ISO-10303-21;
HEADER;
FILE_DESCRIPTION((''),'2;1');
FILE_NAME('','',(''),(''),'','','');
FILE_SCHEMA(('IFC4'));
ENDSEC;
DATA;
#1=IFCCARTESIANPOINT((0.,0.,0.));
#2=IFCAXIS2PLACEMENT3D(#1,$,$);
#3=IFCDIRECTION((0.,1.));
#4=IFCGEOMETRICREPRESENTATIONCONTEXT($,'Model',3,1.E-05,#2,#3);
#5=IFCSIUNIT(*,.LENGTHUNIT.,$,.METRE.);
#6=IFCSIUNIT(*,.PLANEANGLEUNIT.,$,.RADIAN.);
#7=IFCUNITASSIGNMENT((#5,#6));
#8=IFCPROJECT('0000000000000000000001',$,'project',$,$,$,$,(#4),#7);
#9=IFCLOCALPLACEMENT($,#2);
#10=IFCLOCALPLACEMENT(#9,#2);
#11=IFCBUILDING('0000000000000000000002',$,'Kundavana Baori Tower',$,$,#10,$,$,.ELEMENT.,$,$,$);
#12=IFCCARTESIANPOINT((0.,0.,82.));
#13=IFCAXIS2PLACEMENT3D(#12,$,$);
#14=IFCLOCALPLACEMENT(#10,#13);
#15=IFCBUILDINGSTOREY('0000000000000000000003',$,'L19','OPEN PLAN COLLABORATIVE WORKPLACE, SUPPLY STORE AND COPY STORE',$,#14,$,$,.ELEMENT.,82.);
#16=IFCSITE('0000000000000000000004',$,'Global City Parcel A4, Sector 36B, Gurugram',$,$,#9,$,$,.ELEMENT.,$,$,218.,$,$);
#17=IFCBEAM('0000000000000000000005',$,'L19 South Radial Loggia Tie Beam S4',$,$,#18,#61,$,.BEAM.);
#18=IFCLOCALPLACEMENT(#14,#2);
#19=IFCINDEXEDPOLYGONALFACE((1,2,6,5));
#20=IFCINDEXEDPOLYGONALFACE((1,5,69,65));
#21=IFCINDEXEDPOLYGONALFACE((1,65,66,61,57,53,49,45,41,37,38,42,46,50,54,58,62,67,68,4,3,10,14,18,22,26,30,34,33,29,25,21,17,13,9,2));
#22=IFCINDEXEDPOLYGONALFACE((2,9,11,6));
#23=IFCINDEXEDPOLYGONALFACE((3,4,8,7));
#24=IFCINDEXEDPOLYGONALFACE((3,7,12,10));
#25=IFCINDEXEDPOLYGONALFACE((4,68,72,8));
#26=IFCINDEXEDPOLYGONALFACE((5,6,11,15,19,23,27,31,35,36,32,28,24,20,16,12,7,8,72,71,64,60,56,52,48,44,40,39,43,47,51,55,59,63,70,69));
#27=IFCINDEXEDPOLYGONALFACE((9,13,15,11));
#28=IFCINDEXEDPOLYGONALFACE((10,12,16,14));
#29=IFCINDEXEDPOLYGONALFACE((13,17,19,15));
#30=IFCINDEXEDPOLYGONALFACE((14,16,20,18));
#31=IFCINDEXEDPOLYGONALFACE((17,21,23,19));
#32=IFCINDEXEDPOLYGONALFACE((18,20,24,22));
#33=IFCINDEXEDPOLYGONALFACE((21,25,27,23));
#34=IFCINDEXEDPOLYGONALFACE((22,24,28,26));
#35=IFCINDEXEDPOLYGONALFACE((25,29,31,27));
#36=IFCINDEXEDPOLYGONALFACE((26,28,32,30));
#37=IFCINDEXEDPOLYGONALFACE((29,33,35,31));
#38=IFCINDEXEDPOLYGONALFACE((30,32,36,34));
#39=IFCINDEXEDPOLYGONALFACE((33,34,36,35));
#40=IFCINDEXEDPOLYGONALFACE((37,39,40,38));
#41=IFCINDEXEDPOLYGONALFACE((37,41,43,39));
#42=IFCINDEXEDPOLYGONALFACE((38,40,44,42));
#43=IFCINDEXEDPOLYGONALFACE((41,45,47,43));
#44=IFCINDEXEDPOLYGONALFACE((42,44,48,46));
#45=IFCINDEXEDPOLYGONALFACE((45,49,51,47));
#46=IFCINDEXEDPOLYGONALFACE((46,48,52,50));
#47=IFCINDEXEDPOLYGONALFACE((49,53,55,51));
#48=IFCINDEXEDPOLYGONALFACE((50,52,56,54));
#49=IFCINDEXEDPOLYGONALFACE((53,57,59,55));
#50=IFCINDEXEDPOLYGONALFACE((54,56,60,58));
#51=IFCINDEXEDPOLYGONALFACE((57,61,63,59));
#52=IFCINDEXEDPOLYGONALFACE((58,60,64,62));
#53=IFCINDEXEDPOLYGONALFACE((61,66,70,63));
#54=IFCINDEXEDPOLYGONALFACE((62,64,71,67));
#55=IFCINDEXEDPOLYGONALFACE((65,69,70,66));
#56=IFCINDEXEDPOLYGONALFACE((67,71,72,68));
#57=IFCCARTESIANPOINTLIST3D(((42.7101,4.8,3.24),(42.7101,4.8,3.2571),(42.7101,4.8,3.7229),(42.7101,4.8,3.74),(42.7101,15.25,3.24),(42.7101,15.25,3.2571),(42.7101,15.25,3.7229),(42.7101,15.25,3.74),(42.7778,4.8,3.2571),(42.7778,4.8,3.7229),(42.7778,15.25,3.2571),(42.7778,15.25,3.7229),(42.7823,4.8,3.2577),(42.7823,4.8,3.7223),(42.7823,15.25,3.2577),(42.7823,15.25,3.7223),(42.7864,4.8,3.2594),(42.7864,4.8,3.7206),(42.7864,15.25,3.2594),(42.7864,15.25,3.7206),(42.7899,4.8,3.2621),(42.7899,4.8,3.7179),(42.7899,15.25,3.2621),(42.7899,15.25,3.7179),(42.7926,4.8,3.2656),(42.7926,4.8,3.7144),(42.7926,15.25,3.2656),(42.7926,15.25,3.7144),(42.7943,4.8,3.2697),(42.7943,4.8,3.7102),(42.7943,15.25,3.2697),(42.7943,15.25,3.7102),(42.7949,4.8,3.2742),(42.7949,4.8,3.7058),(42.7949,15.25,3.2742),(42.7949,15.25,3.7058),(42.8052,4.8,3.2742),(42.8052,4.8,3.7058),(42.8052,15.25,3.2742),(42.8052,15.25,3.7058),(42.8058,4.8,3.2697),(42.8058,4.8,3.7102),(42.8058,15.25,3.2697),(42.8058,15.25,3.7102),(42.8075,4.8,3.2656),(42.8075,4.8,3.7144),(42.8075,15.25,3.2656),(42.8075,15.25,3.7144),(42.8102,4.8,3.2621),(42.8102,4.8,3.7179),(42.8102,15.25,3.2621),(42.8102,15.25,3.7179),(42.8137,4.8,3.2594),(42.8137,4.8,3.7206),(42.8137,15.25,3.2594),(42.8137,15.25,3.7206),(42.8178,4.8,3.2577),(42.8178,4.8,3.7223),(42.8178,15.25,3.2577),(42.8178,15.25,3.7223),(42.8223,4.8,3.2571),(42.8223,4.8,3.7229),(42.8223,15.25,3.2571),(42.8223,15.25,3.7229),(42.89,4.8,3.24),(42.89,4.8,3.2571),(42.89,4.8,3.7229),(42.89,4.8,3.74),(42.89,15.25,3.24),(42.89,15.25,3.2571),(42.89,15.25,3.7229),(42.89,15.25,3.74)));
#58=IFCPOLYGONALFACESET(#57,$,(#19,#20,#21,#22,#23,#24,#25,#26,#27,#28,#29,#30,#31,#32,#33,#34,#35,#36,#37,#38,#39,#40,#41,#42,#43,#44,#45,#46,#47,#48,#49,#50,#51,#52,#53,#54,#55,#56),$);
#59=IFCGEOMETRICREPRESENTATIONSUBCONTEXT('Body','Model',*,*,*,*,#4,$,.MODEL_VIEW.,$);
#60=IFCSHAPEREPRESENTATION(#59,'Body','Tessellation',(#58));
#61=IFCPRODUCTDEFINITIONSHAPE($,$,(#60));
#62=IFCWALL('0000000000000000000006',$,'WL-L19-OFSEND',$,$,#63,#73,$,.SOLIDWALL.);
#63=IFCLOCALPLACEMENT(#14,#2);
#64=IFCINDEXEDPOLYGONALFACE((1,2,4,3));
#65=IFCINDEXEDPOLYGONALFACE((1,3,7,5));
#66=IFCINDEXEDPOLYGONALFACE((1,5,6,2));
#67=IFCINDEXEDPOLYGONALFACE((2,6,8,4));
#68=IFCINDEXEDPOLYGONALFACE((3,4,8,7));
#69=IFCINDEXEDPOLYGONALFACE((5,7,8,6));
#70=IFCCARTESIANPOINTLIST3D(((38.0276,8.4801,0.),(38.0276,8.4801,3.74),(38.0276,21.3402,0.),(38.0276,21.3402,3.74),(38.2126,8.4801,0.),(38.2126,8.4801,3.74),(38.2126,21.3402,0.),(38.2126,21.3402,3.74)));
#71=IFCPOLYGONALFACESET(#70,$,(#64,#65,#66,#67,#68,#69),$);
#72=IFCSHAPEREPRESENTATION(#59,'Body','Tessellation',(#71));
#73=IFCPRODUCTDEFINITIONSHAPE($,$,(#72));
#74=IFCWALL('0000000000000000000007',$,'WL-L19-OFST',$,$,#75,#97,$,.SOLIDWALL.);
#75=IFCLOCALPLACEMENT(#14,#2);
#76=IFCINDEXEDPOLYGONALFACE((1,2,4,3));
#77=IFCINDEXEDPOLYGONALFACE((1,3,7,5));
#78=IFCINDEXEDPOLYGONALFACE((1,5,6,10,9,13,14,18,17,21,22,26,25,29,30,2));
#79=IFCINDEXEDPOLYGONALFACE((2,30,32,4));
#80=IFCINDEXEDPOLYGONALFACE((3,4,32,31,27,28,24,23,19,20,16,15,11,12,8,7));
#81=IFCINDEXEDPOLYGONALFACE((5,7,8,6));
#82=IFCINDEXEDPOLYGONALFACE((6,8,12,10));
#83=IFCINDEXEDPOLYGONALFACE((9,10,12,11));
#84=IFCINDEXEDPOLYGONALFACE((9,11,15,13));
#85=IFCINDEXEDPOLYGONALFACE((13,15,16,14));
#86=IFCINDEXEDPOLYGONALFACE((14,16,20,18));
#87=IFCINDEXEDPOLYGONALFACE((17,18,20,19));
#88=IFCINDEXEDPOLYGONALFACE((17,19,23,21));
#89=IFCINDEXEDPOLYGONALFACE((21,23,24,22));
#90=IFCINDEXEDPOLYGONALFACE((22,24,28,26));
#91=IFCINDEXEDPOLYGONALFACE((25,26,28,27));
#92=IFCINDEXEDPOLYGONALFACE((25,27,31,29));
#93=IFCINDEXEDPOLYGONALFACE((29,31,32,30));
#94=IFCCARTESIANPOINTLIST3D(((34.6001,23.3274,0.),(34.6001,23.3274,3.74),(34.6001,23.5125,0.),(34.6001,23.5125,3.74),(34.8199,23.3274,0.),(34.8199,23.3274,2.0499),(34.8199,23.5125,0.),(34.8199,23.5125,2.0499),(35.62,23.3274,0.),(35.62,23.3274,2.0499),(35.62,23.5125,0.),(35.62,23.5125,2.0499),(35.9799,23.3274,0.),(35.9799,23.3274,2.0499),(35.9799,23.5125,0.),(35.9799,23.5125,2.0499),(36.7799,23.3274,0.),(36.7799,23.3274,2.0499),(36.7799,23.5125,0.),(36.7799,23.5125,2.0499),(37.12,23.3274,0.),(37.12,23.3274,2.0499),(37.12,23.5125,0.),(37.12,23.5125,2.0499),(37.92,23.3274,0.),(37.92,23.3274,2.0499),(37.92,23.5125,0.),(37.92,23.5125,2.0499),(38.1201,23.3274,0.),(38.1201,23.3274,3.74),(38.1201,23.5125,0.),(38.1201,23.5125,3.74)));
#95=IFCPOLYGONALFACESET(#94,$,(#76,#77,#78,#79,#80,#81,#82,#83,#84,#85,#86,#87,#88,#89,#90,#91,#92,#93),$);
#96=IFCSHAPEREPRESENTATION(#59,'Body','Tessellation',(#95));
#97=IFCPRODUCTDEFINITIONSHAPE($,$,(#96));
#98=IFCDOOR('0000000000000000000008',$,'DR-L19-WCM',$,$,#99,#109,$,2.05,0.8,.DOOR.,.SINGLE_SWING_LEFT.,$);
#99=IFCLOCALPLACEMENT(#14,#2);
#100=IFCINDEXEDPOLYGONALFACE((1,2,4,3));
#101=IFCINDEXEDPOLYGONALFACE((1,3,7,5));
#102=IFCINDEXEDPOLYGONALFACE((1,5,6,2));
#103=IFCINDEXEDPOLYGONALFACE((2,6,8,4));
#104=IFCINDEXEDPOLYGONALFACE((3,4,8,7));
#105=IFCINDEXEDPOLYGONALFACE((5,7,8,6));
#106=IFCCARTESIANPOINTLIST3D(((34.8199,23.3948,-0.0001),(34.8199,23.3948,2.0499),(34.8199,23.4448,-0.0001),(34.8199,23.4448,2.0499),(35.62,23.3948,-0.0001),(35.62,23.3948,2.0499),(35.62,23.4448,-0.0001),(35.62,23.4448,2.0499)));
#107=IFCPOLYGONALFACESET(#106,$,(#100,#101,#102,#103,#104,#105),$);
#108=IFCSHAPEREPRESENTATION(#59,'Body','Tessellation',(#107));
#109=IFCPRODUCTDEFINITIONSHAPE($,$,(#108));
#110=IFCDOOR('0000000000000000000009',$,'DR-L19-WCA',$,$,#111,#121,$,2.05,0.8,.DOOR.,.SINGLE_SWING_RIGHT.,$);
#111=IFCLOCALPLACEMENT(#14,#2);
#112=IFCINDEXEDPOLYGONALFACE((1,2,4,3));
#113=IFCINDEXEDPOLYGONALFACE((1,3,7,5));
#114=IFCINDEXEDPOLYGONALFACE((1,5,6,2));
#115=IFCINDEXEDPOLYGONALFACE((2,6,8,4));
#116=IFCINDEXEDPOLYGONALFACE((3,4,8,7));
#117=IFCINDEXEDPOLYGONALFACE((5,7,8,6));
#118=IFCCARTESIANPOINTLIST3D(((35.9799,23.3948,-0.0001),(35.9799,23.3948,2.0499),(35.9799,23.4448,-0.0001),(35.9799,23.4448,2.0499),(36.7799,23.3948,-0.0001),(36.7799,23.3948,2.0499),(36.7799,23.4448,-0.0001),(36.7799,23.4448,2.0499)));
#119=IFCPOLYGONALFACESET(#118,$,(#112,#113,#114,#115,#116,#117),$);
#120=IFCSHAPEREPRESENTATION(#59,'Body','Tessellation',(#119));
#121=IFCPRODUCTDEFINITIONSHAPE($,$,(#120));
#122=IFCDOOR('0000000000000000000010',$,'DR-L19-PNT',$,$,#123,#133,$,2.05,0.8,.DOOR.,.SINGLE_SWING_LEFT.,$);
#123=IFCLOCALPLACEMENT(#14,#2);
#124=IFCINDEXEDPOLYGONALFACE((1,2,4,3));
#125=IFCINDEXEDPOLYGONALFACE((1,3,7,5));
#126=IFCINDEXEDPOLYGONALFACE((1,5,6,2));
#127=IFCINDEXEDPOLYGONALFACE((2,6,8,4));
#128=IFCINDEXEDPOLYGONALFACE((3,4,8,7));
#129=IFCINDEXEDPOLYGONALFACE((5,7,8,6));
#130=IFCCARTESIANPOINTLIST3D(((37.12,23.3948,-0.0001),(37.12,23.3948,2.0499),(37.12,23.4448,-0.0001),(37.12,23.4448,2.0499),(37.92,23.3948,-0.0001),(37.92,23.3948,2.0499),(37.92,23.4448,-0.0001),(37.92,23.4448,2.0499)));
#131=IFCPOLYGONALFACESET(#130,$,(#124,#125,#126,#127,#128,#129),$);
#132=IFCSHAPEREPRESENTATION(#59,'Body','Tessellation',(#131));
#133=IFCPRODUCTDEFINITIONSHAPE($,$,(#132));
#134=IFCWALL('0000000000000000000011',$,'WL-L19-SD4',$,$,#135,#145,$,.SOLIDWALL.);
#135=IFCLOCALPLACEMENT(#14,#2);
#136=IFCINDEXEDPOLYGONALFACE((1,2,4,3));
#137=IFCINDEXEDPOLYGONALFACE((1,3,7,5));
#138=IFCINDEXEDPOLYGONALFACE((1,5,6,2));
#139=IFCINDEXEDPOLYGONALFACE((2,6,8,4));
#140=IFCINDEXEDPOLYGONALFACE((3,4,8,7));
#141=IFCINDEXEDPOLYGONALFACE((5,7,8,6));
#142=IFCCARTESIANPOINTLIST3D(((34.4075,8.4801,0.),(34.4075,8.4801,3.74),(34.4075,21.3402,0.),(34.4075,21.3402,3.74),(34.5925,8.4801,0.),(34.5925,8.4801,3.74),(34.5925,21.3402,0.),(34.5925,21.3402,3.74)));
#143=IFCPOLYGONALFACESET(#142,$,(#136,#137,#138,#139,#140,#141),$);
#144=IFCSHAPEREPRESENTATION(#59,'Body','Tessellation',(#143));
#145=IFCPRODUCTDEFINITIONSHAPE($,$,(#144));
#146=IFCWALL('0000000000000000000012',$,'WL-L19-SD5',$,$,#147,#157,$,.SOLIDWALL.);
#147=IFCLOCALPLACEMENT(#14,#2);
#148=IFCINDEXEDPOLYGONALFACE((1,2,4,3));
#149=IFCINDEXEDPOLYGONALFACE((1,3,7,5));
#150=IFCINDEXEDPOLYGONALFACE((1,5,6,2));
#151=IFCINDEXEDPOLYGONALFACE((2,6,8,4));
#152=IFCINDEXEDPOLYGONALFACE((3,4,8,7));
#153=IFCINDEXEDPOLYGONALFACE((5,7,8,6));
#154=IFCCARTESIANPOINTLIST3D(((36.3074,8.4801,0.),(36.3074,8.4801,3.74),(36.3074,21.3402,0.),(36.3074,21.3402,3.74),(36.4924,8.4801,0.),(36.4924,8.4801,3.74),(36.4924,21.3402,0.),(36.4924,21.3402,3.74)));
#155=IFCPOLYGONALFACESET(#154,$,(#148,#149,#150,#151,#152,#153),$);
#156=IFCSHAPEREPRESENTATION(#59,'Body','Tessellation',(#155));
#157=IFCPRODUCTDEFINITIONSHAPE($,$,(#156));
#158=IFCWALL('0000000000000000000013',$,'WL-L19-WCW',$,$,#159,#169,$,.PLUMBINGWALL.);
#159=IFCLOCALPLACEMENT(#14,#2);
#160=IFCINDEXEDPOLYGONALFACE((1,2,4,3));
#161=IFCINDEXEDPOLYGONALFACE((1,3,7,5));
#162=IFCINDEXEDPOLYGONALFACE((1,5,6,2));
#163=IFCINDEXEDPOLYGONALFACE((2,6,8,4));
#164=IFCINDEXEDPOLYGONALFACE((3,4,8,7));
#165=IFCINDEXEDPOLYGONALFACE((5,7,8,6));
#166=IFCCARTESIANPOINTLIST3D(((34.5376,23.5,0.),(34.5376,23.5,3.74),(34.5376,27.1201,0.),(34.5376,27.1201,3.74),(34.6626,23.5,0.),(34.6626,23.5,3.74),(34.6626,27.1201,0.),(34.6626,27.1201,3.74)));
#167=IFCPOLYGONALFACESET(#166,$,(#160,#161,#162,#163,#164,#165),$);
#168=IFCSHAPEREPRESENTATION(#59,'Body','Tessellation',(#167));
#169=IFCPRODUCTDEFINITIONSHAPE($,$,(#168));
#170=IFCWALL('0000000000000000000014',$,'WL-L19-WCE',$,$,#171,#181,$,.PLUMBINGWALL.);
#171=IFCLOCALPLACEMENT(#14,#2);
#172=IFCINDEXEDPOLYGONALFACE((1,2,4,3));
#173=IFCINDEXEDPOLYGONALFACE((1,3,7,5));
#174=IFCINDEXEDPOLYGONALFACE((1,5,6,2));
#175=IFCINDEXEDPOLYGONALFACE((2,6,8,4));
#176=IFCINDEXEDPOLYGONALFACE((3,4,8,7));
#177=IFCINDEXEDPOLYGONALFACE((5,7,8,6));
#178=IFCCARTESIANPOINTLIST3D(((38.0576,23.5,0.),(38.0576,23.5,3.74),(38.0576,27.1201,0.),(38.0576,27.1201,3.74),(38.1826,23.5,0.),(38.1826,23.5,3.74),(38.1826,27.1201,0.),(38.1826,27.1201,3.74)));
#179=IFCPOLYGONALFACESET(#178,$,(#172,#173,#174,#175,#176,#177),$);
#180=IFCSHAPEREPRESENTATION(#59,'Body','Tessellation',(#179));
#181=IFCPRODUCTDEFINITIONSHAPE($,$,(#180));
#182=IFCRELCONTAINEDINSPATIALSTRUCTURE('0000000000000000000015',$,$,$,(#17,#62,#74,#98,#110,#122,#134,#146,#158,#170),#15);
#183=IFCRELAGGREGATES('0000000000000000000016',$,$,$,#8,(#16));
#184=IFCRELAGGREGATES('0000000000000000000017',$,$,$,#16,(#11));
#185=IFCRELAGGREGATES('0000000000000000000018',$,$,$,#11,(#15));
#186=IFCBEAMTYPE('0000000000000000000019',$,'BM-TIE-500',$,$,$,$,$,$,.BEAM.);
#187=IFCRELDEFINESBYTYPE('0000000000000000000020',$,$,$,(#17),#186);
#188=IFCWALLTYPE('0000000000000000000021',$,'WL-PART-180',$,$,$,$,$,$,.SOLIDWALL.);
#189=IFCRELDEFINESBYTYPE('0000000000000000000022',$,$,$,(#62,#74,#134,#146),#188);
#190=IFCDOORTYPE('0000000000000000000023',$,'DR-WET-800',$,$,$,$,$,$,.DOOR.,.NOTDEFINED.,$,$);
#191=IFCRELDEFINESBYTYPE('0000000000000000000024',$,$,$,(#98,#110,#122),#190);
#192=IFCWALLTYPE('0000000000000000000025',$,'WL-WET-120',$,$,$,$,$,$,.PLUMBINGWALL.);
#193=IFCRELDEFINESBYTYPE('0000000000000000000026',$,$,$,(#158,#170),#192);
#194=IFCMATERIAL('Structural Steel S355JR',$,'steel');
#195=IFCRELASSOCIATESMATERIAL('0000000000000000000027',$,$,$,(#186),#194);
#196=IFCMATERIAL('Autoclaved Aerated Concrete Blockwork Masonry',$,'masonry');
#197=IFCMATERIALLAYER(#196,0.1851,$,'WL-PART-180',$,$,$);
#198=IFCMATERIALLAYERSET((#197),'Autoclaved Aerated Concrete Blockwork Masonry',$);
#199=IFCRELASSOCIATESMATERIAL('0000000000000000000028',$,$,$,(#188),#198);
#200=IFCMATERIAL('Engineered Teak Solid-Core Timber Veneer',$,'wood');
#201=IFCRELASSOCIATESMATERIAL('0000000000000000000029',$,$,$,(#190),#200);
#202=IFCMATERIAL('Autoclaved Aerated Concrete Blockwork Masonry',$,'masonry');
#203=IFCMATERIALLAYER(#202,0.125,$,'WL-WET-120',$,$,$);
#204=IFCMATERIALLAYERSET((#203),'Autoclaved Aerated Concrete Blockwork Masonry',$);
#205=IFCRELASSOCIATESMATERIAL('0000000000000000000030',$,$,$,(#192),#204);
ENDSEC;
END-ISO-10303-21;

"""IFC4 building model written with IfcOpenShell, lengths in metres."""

from ifc_helpers import new_model, si_unit, direction, frame, frame_2d, origin, origin_2d, place, context, subcontext, project, spatial, rectangle, i_section, extrude, material, layer, layer_set, material_profile, profile_set, type_object, element, fill, save


model = new_model("IFC4")

# Units and contexts
model_context = context("Model", 3, precision=1e-05, world=origin(), true_north=direction((0.0, 1.0)))
body_context = subcontext(model_context, "Body", "Model", "MODEL_VIEW")
ifc_project = project(units=[si_unit("LENGTHUNIT", "METRE"), si_unit("PLANEANGLEUNIT", "RADIAN")], contexts=[model_context])

# Site, building, storey
site_placement = place(None, origin())
site = spatial("IfcSite", under=ifc_project, at=site_placement, Name="Global City Parcel A4, Sector 36B, Gurugram", CompositionType="ELEMENT", RefElevation=218.0)
building_placement = place(site_placement, origin())
building = spatial("IfcBuilding", under=site, at=building_placement, Name="Kundavana Baori Tower", CompositionType="ELEMENT")
storey_placement = place(building_placement, frame((0.0, 0.0, 82.0)))
storey = spatial("IfcBuildingStorey", under=building, at=storey_placement, Name="L19", Description="OPEN PLAN COLLABORATIVE WORKPLACE, SUPPLY STORE AND COPY STORE", CompositionType="ELEMENT", Elevation=82.0)

# Beam
ifc_material_1 = material(Name="Structural Steel S355JR", Category="steel")
ifc_material_profile_1 = material_profile(ifc_material_1, i_section(OverallWidth=0.1799, OverallDepth=0.5, WebThickness=0.0103, FlangeThickness=0.0171, FilletRadius=0.0171, at=origin_2d()), Name="ISMB 500")
ifc_profile_set_1 = profile_set([ifc_material_profile_1], Name="Structural Steel S355JR")
beam_type_1 = type_object("IfcBeamType", Name="BM-TIE-500", PredefinedType="BEAM", material=ifc_profile_set_1)
beam_1_placement = place(storey_placement, frame((42.8, 15.25, 3.49), z_axis=(0.0, -1.0, 0.0), x_axis=(1.0, 0.0, 0.0)))
element("IfcBeam", 1, at=beam_1_placement, inside=storey, type_object=beam_type_1, Name="L19 South Radial Loggia Tie Beam S4", PredefinedType="BEAM", context=body_context, shape_type="SweptSolid", body=[
    extrude(i_section(OverallWidth=0.1799, OverallDepth=0.5, WebThickness=0.0103, FlangeThickness=0.0171, FilletRadius=0.0171, at=origin_2d()), origin(), (0.0, 0.0, 1.0), 10.45),
])

# Wall
ifc_material_2 = material(Name="Autoclaved Aerated Concrete Blockwork Masonry", Category="masonry")
ifc_layer_1 = layer(ifc_material_2, 0.1851, Name="WL-PART-180")
ifc_layer_set_1 = layer_set([ifc_layer_1], Name="Autoclaved Aerated Concrete Blockwork Masonry")
wall_type_1 = type_object("IfcWallType", Name="WL-PART-180", PredefinedType="SOLIDWALL", material=ifc_layer_set_1)
wall_1_placement = place(storey_placement, frame((38.1201, 8.48, 0.0), z_axis=(0.0, 0.0, 1.0), x_axis=(0.0, 1.0, 0.0)))
element("IfcWall", 2, at=wall_1_placement, inside=storey, type_object=wall_type_1, Name="WL-L19-OFSEND", PredefinedType="SOLIDWALL", context=body_context, shape_type="SweptSolid", body=[
    extrude(rectangle(XDim=12.8601, YDim=0.1851, at=frame_2d((6.4302, 0.0))), origin(), (0.0, 0.0, 1.0), 3.74),
])

# Wall, openings, doors
wall_2_placement = place(storey_placement, frame((34.6001, 23.4199, 0.0), z_axis=(0.0, 0.0, 1.0), x_axis=(1.0, 0.0, 0.0)))
wall_2 = element("IfcWall", 3, at=wall_2_placement, inside=storey, type_object=wall_type_1, Name="WL-L19-OFST", PredefinedType="SOLIDWALL", context=body_context, shape_type="SweptSolid", body=[
    extrude(rectangle(XDim=3.52, YDim=0.1851, at=frame_2d((1.76, 0.0))), origin(), (0.0, 0.0, 1.0), 3.74),
])
opening_1_placement = place(wall_2_placement, frame((0.22, 0.0, 0.0)))
opening_1 = element("IfcOpeningElement", 4, at=opening_1_placement, cuts=wall_2, PredefinedType="OPENING", context=body_context, shape_type="SweptSolid", body=[
    extrude(rectangle(XDim=0.8, YDim=2.05, at=frame_2d((0.3999, 1.0249))), frame((0.0, 0.1025, 0.0), z_axis=(0.0, -1.0, 0.0), x_axis=(1.0, 0.0, 0.0)), (0.0, 0.0, 1.0), 0.2051),
])
opening_2_placement = place(wall_2_placement, frame((1.3799, 0.0, 0.0)))
opening_2 = element("IfcOpeningElement", 5, at=opening_2_placement, cuts=wall_2, PredefinedType="OPENING", context=body_context, shape_type="SweptSolid", body=[
    extrude(rectangle(XDim=0.8, YDim=2.05, at=frame_2d((0.3999, 1.0249))), frame((0.0, 0.1025, 0.0), z_axis=(0.0, -1.0, 0.0), x_axis=(1.0, 0.0, 0.0)), (0.0, 0.0, 1.0), 0.2051),
])
opening_3_placement = place(wall_2_placement, frame((2.52, 0.0, 0.0)))
opening_3 = element("IfcOpeningElement", 6, at=opening_3_placement, cuts=wall_2, PredefinedType="OPENING", context=body_context, shape_type="SweptSolid", body=[
    extrude(rectangle(XDim=0.8, YDim=2.05, at=frame_2d((0.3999, 1.0249))), frame((0.0, 0.1025, 0.0), z_axis=(0.0, -1.0, 0.0), x_axis=(1.0, 0.0, 0.0)), (0.0, 0.0, 1.0), 0.2051),
])
ifc_material_3 = material(Name="Engineered Teak Solid-Core Timber Veneer", Category="wood")
door_type = type_object("IfcDoorType", Name="DR-WET-800", OperationType="NOTDEFINED", PredefinedType="DOOR", material=ifc_material_3)
door_1_placement = place(opening_1_placement, origin())
door_1 = element("IfcDoor", 7, at=door_1_placement, inside=storey, type_object=door_type, Name="DR-L19-WCM", OperationType="SINGLE_SWING_LEFT", OverallHeight=2.05, OverallWidth=0.8, PredefinedType="DOOR", context=body_context, shape_type="SweptSolid", body=[
    extrude(rectangle(XDim=0.8, YDim=2.05, at=frame_2d((0.3999, 1.0249))), frame((0.0, 0.0249, 0.0), z_axis=(0.0, -1.0, 0.0), x_axis=(1.0, 0.0, 0.0)), (0.0, 0.0, 1.0), 0.05),
])
fill(opening_1, door_1)
door_2_placement = place(opening_2_placement, origin())
door_2 = element("IfcDoor", 8, at=door_2_placement, inside=storey, type_object=door_type, Name="DR-L19-WCA", OperationType="SINGLE_SWING_RIGHT", OverallHeight=2.05, OverallWidth=0.8, PredefinedType="DOOR", context=body_context, shape_type="SweptSolid", body=[
    extrude(rectangle(XDim=0.8, YDim=2.05, at=frame_2d((0.3999, 1.0249))), frame((0.0, 0.0249, 0.0), z_axis=(0.0, -1.0, 0.0), x_axis=(1.0, 0.0, 0.0)), (0.0, 0.0, 1.0), 0.05),
])
fill(opening_2, door_2)
door_3_placement = place(opening_3_placement, origin())
door_3 = element("IfcDoor", 9, at=door_3_placement, inside=storey, type_object=door_type, Name="DR-L19-PNT", OperationType="SINGLE_SWING_LEFT", OverallHeight=2.05, OverallWidth=0.8, PredefinedType="DOOR", context=body_context, shape_type="SweptSolid", body=[
    extrude(rectangle(XDim=0.8, YDim=2.05, at=frame_2d((0.3999, 1.0249))), frame((0.0, 0.0249, 0.0), z_axis=(0.0, -1.0, 0.0), x_axis=(1.0, 0.0, 0.0)), (0.0, 0.0, 1.0), 0.05),
])
fill(opening_3, door_3)

# Walls
for number, where, z_axis, x_axis, name in (
    (10, (34.5, 8.48, 0.0), (0.0, 0.0, 1.0), (0.0, 1.0, 0.0), "WL-L19-SD4"),
    (11, (36.3999, 8.48, 0.0), (0.0, 0.0, 1.0), (0.0, 1.0, 0.0), "WL-L19-SD5"),
):
    element("IfcWall", number, at=place(storey_placement, frame(where, z_axis=z_axis, x_axis=x_axis)), inside=storey, type_object=wall_type_1, Name=name, PredefinedType="SOLIDWALL", context=body_context, shape_type="SweptSolid", body=[
        extrude(rectangle(XDim=12.8601, YDim=0.1851, at=frame_2d((6.4302, 0.0))), origin(), (0.0, 0.0, 1.0), 3.74),
    ])
ifc_material_4 = material(Name="Autoclaved Aerated Concrete Blockwork Masonry", Category="masonry")
ifc_layer_2 = layer(ifc_material_4, 0.125, Name="WL-WET-120")
ifc_layer_set_2 = layer_set([ifc_layer_2], Name="Autoclaved Aerated Concrete Blockwork Masonry")
wall_type_2 = type_object("IfcWallType", Name="WL-WET-120", PredefinedType="PLUMBINGWALL", material=ifc_layer_set_2)
for number, where, z_axis, x_axis, name in (
    (12, (34.6001, 23.5, 0.0), (0.0, 0.0, 1.0), (0.0, 1.0, 0.0), "WL-L19-WCW"),
    (13, (38.1201, 23.5, 0.0), (0.0, 0.0, 1.0), (0.0, 1.0, 0.0), "WL-L19-WCE"),
):
    element("IfcWall", number, at=place(storey_placement, frame(where, z_axis=z_axis, x_axis=x_axis)), inside=storey, type_object=wall_type_2, Name=name, PredefinedType="PLUMBINGWALL", context=body_context, shape_type="SweptSolid", body=[
        extrude(rectangle(XDim=3.6201, YDim=0.125, at=frame_2d((1.8101, 0.0))), origin(), (0.0, 0.0, 1.0), 3.74),
    ])

save(model, "model.ifc")
